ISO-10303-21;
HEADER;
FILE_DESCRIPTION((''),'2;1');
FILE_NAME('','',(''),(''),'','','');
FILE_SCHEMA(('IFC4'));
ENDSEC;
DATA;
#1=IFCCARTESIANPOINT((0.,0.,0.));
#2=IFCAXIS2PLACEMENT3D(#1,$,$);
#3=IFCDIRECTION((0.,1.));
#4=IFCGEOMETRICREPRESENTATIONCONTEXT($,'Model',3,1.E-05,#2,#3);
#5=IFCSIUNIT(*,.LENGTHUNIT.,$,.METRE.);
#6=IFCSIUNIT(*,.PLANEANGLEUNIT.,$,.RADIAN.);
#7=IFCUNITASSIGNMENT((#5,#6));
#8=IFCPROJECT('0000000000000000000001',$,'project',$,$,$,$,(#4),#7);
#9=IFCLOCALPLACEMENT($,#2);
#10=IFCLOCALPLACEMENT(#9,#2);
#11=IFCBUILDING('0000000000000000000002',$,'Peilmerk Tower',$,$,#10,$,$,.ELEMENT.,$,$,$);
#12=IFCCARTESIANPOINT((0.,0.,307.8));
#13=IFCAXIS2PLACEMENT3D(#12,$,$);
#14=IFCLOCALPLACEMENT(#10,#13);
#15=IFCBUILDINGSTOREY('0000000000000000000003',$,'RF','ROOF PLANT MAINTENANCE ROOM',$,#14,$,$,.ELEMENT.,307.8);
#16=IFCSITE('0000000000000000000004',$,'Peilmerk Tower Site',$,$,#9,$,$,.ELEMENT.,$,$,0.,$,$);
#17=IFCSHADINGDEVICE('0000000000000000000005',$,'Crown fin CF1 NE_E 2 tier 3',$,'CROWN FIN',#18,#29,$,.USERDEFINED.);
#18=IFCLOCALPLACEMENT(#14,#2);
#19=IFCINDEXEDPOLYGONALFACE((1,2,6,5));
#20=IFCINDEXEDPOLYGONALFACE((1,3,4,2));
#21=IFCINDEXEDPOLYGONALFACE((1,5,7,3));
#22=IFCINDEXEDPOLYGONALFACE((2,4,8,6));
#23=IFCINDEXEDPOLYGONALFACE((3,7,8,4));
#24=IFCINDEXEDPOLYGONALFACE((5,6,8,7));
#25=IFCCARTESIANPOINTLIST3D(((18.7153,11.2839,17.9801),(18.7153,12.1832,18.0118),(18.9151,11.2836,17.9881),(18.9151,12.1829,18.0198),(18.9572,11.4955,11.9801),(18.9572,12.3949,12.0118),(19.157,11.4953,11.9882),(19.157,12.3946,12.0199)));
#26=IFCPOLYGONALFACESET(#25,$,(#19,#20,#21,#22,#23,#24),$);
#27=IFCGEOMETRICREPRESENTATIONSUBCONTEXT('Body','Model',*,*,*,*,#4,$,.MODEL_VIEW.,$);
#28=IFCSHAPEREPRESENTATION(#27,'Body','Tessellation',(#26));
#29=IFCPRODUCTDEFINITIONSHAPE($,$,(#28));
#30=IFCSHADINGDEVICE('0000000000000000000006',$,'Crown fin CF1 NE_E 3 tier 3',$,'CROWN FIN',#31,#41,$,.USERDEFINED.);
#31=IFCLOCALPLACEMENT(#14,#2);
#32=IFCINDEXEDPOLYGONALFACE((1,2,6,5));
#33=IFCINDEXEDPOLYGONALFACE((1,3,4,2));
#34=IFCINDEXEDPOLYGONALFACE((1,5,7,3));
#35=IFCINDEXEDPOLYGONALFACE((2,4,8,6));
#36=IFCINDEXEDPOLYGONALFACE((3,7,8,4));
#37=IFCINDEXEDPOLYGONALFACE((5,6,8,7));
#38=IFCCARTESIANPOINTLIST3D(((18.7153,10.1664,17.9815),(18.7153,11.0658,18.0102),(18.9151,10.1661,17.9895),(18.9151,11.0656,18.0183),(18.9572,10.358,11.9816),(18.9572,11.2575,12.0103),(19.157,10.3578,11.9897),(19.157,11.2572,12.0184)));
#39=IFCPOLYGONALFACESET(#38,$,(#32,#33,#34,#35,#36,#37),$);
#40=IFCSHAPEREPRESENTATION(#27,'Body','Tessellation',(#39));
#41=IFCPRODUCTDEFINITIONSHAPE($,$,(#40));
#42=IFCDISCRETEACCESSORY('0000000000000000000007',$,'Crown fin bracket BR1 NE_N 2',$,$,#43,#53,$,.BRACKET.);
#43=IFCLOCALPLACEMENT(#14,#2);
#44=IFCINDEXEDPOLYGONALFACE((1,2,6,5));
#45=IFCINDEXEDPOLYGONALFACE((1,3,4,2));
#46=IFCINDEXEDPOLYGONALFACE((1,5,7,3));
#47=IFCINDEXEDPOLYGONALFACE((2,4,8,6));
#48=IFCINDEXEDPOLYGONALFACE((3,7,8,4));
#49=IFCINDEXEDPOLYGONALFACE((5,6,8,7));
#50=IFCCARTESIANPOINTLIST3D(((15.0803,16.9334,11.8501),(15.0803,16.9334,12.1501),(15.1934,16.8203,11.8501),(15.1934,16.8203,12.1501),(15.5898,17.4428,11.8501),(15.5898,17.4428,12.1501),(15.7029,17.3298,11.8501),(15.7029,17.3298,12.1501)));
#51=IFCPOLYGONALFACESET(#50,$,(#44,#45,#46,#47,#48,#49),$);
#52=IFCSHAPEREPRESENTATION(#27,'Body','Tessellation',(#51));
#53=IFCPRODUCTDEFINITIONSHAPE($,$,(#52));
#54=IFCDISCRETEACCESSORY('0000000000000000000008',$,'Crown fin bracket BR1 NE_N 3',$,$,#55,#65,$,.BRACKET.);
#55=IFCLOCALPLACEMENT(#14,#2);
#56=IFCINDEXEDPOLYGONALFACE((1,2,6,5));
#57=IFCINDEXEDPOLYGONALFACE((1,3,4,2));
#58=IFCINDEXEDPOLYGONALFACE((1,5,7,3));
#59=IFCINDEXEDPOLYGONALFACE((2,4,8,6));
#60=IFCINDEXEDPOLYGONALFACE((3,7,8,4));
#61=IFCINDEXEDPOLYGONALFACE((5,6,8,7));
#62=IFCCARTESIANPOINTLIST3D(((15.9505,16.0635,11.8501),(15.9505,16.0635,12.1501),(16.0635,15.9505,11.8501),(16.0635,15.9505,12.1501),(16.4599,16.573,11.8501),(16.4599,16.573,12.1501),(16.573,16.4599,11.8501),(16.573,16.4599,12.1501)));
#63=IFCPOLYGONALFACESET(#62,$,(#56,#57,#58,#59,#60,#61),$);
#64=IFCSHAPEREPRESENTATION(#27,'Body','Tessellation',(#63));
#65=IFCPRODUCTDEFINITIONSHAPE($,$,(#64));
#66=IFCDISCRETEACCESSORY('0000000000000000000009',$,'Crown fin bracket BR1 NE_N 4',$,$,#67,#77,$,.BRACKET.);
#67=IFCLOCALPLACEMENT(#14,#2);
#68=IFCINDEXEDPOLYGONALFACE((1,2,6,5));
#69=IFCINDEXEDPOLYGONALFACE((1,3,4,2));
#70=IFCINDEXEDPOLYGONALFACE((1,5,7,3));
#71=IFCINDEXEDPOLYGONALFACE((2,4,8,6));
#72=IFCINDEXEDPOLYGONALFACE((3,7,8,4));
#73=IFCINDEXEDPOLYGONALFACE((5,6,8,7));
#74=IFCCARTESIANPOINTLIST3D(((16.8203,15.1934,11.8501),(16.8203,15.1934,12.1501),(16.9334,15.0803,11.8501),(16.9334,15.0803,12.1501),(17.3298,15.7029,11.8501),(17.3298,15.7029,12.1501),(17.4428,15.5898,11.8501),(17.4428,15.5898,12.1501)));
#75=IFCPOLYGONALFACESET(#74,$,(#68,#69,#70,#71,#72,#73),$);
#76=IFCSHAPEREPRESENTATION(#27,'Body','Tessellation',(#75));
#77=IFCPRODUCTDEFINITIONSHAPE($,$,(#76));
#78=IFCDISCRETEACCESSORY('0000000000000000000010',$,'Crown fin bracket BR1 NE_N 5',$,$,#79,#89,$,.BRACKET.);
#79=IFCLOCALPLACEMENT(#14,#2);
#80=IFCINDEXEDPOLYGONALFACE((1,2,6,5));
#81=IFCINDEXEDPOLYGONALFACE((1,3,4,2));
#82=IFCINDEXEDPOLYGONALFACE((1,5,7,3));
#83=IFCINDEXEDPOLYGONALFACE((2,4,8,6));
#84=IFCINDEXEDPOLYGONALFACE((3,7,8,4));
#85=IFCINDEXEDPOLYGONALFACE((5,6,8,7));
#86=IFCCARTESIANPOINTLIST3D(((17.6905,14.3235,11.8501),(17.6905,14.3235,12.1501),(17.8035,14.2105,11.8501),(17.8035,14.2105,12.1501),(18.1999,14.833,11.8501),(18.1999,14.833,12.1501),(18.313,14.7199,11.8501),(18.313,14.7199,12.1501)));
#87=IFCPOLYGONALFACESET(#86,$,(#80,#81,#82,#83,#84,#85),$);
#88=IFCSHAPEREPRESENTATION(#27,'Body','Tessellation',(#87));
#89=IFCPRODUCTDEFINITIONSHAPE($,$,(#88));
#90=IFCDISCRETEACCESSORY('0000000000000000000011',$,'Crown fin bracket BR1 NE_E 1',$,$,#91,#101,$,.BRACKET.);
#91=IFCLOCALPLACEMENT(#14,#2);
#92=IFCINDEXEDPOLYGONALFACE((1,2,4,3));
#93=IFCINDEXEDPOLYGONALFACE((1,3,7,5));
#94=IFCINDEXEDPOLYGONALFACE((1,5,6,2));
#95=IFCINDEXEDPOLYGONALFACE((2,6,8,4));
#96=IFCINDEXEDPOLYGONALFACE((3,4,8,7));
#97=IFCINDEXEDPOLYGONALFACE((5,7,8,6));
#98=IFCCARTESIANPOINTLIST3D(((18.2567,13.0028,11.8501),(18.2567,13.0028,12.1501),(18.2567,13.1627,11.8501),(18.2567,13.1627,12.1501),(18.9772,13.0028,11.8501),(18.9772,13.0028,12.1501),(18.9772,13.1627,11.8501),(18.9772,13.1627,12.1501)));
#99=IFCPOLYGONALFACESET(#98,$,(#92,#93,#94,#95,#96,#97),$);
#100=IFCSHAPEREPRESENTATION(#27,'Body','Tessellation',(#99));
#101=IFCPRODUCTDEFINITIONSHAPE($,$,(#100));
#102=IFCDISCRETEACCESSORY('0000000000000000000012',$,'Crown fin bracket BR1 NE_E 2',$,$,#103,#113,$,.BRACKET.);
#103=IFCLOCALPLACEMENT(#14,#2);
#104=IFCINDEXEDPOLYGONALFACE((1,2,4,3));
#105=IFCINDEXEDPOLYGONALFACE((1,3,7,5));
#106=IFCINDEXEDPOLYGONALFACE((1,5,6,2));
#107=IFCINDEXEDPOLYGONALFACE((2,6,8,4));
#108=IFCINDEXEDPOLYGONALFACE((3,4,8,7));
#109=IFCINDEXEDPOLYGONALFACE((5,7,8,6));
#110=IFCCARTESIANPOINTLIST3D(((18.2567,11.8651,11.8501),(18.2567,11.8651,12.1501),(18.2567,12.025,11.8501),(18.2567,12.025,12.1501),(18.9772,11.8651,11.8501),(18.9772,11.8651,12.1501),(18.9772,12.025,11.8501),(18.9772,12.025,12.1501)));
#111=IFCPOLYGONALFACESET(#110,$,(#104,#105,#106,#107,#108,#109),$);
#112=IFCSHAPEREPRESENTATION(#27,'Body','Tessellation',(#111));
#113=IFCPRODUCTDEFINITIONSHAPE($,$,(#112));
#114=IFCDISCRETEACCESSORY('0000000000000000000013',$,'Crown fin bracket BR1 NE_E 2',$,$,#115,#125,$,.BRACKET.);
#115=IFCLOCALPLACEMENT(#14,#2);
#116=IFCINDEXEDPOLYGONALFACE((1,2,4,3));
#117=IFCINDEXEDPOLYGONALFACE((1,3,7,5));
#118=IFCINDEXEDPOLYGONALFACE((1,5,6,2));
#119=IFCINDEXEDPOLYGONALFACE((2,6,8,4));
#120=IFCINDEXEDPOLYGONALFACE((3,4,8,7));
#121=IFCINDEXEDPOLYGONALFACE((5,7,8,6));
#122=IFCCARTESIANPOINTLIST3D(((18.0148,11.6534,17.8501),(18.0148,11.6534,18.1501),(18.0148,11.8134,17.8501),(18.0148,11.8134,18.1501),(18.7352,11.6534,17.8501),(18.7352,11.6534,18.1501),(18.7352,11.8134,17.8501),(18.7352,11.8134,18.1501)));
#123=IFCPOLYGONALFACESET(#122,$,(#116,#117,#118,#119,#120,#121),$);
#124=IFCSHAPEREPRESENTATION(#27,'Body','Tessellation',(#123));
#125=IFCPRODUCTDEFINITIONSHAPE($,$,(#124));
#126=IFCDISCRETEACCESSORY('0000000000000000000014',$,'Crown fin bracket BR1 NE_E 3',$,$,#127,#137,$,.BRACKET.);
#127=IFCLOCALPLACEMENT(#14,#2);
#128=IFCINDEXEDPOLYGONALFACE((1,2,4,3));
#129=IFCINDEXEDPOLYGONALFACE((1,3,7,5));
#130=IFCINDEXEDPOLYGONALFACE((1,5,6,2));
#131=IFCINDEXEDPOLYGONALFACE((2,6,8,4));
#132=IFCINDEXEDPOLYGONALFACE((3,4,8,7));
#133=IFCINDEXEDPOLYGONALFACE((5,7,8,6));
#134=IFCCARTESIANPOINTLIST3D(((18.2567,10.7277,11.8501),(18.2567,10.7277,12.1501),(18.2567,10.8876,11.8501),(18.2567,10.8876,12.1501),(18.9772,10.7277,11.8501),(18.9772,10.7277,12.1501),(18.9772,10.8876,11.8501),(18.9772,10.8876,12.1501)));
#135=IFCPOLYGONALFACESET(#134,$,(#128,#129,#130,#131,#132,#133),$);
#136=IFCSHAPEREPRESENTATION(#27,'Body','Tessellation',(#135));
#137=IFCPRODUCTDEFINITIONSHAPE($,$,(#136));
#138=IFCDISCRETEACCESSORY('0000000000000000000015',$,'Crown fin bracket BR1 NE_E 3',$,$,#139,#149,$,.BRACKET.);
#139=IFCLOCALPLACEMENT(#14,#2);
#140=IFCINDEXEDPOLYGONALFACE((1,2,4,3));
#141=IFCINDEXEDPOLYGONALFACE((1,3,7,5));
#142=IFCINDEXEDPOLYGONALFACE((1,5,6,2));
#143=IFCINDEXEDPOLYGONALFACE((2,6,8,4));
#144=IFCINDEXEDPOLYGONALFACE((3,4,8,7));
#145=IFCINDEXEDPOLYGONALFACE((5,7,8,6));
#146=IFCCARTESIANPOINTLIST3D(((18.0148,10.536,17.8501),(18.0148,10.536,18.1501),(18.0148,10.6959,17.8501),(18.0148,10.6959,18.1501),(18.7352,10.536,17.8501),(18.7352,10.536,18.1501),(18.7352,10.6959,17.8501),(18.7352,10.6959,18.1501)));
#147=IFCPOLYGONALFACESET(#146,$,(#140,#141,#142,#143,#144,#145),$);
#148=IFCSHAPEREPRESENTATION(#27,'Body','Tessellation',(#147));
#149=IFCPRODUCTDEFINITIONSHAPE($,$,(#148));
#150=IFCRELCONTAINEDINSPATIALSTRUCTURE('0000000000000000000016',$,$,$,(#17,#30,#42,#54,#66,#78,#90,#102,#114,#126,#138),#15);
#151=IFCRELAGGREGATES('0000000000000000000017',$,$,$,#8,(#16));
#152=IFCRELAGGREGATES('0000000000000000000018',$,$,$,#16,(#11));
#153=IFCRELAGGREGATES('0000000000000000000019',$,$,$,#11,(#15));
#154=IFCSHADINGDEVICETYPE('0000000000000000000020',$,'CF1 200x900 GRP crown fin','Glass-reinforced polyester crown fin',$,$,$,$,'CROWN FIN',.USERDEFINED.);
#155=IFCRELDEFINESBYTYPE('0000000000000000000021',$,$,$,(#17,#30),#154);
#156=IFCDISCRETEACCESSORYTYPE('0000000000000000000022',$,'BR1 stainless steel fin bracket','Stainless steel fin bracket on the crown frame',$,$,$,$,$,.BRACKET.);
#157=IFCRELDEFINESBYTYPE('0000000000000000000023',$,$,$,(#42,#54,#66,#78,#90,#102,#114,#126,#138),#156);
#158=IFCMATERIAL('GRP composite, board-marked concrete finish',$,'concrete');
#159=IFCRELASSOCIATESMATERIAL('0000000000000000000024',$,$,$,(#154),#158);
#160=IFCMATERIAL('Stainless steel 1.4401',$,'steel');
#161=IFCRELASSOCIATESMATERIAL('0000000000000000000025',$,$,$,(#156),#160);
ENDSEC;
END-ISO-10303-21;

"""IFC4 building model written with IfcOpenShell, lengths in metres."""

from ifc_helpers import new_model, si_unit, direction, frame, origin, origin_2d, place, context, subcontext, project, spatial, rectangle, extrude, source, transform, mapped, material, material_profile, profile_set, type_object, element, save


model = new_model("IFC4")

# Units and contexts
model_context = context("Model", 3, precision=1e-05, world=origin(), true_north=direction((0.0, 1.0)))
body_context = subcontext(model_context, "Body", "Model", "MODEL_VIEW")
ifc_project = project(units=[si_unit("LENGTHUNIT", "METRE"), si_unit("PLANEANGLEUNIT", "RADIAN")], contexts=[model_context])

# Site, building, storey
site_placement = place(None, origin())
site = spatial("IfcSite", under=ifc_project, at=site_placement, Name="Peilmerk Tower Site", CompositionType="ELEMENT", RefElevation=0.0)
building_placement = place(site_placement, origin())
building = spatial("IfcBuilding", under=site, at=building_placement, Name="Peilmerk Tower", CompositionType="ELEMENT")
storey_placement = place(building_placement, frame((0.0, 0.0, 307.8)))
storey = spatial("IfcBuildingStorey", under=building, at=storey_placement, Name="RF", Description="ROOF PLANT MAINTENANCE ROOM", CompositionType="ELEMENT", Elevation=307.8)

# Shading devices
ifc_material_1 = material(Name="GRP composite, board-marked concrete finish", Category="concrete")
ifc_material_profile_1 = material_profile(ifc_material_1, rectangle(XDim=0.2, YDim=0.8999, at=origin_2d()), Name="CF1 200x900")
ifc_profile_set_1 = profile_set([ifc_material_profile_1], Name="GRP composite, board-marked concrete finish")
shading_device_type = type_object("IfcShadingDeviceType", Name="CF1 200x900 GRP crown fin", Description="Glass-reinforced polyester crown fin", ElementType="CROWN FIN", PredefinedType="USERDEFINED", material=ifc_profile_set_1)
shared_shape_1 = source(origin(), body_context, "Body", "SweptSolid", [
    extrude(rectangle(XDim=0.2, YDim=0.8999, at=origin_2d()), origin(), (0.0, 0.0, 1.0), 6.0085),
])
shading_device_1_placement = place(storey_placement, frame((19.0571, 11.9451, 12.0), z_axis=(-0.040266, -0.035228, 0.998568), x_axis=(0.999189, -0.00142, 0.040241)))
element("IfcShadingDevice", 1, at=shading_device_1_placement, inside=storey, type_object=shading_device_type, Name="Crown fin CF1 NE_E 2 tier 3", ObjectType="CROWN FIN", PredefinedType="USERDEFINED", context=body_context, shape_type="MappedRepresentation", body=[
    mapped(shared_shape_1, transform((0.0, 0.0, 0.0), scale=1.0)),
])
shared_shape_2 = source(origin(), body_context, "Body", "SweptSolid", [
    extrude(rectangle(XDim=0.2, YDim=0.8999, at=origin_2d()), origin(), (0.0, 0.0, 1.0), 6.0078),
])
shading_device_2_placement = place(storey_placement, frame((19.0571, 10.8076, 12.0), z_axis=(-0.040271, -0.0319, 0.998679), x_axis=(0.999189, -0.001286, 0.04025)))
element("IfcShadingDevice", 2, at=shading_device_2_placement, inside=storey, type_object=shading_device_type, Name="Crown fin CF1 NE_E 3 tier 3", ObjectType="CROWN FIN", PredefinedType="USERDEFINED", context=body_context, shape_type="MappedRepresentation", body=[
    mapped(shared_shape_2, transform((0.0, 0.0, 0.0), scale=1.0)),
])

# Discrete accessories
ifc_material_2 = material(Name="Stainless steel 1.4401", Category="steel")
discrete_accessory_type = type_object("IfcDiscreteAccessoryType", Name="BR1 stainless steel fin bracket", Description="Stainless steel fin bracket on the crown frame", PredefinedType="BRACKET", material=ifc_material_2)
shared_shape_3 = source(origin(), body_context, "Body", "SweptSolid", [
    extrude(rectangle(XDim=0.7205, YDim=0.1599, at=origin_2d()), origin(), (0.0, 0.0, 1.0), 0.3),
])
for number, where, z_axis, x_axis, name in (
    (3, (15.3916, 17.1316, 11.8501), (0.0, 0.0, 1.0), (0.707107, 0.707107, 0.0), "Crown fin bracket BR1 NE_N 2"),
    (4, (16.2617, 16.2617, 11.8501), (0.0, 0.0, 1.0), (0.707107, 0.707107, 0.0), "Crown fin bracket BR1 NE_N 3"),
    (5, (17.1316, 15.3916, 11.8501), (0.0, 0.0, 1.0), (0.707107, 0.707107, 0.0), "Crown fin bracket BR1 NE_N 4"),
    (6, (18.0017, 14.5217, 11.8501), (0.0, 0.0, 1.0), (0.707107, 0.707107, 0.0), "Crown fin bracket BR1 NE_N 5"),
    (7, (18.6169, 13.0828, 11.8501), (0.0, 0.0, 1.0), (1.0, 0.0, 0.0), "Crown fin bracket BR1 NE_E 1"),
    (8, (18.6169, 11.9451, 11.8501), (0.0, 0.0, 1.0), (1.0, 0.0, 0.0), "Crown fin bracket BR1 NE_E 2"),
    (9, (18.375, 11.7334, 17.8501), (0.0, 0.0, 1.0), (1.0, 0.0, 0.0), "Crown fin bracket BR1 NE_E 2"),
    (10, (18.6169, 10.8076, 11.8501), (0.0, 0.0, 1.0), (1.0, 0.0, 0.0), "Crown fin bracket BR1 NE_E 3"),
    (11, (18.375, 10.616, 17.8501), (0.0, 0.0, 1.0), (1.0, 0.0, 0.0), "Crown fin bracket BR1 NE_E 3"),
):
    element("IfcDiscreteAccessory", number, at=place(storey_placement, frame(where, z_axis=z_axis, x_axis=x_axis)), inside=storey, type_object=discrete_accessory_type, Name=name, PredefinedType="BRACKET", context=body_context, shape_type="MappedRepresentation", body=[
        mapped(shared_shape_3, transform((0.0, 0.0, 0.0), scale=1.0)),
    ])

save(model, "model.ifc")
